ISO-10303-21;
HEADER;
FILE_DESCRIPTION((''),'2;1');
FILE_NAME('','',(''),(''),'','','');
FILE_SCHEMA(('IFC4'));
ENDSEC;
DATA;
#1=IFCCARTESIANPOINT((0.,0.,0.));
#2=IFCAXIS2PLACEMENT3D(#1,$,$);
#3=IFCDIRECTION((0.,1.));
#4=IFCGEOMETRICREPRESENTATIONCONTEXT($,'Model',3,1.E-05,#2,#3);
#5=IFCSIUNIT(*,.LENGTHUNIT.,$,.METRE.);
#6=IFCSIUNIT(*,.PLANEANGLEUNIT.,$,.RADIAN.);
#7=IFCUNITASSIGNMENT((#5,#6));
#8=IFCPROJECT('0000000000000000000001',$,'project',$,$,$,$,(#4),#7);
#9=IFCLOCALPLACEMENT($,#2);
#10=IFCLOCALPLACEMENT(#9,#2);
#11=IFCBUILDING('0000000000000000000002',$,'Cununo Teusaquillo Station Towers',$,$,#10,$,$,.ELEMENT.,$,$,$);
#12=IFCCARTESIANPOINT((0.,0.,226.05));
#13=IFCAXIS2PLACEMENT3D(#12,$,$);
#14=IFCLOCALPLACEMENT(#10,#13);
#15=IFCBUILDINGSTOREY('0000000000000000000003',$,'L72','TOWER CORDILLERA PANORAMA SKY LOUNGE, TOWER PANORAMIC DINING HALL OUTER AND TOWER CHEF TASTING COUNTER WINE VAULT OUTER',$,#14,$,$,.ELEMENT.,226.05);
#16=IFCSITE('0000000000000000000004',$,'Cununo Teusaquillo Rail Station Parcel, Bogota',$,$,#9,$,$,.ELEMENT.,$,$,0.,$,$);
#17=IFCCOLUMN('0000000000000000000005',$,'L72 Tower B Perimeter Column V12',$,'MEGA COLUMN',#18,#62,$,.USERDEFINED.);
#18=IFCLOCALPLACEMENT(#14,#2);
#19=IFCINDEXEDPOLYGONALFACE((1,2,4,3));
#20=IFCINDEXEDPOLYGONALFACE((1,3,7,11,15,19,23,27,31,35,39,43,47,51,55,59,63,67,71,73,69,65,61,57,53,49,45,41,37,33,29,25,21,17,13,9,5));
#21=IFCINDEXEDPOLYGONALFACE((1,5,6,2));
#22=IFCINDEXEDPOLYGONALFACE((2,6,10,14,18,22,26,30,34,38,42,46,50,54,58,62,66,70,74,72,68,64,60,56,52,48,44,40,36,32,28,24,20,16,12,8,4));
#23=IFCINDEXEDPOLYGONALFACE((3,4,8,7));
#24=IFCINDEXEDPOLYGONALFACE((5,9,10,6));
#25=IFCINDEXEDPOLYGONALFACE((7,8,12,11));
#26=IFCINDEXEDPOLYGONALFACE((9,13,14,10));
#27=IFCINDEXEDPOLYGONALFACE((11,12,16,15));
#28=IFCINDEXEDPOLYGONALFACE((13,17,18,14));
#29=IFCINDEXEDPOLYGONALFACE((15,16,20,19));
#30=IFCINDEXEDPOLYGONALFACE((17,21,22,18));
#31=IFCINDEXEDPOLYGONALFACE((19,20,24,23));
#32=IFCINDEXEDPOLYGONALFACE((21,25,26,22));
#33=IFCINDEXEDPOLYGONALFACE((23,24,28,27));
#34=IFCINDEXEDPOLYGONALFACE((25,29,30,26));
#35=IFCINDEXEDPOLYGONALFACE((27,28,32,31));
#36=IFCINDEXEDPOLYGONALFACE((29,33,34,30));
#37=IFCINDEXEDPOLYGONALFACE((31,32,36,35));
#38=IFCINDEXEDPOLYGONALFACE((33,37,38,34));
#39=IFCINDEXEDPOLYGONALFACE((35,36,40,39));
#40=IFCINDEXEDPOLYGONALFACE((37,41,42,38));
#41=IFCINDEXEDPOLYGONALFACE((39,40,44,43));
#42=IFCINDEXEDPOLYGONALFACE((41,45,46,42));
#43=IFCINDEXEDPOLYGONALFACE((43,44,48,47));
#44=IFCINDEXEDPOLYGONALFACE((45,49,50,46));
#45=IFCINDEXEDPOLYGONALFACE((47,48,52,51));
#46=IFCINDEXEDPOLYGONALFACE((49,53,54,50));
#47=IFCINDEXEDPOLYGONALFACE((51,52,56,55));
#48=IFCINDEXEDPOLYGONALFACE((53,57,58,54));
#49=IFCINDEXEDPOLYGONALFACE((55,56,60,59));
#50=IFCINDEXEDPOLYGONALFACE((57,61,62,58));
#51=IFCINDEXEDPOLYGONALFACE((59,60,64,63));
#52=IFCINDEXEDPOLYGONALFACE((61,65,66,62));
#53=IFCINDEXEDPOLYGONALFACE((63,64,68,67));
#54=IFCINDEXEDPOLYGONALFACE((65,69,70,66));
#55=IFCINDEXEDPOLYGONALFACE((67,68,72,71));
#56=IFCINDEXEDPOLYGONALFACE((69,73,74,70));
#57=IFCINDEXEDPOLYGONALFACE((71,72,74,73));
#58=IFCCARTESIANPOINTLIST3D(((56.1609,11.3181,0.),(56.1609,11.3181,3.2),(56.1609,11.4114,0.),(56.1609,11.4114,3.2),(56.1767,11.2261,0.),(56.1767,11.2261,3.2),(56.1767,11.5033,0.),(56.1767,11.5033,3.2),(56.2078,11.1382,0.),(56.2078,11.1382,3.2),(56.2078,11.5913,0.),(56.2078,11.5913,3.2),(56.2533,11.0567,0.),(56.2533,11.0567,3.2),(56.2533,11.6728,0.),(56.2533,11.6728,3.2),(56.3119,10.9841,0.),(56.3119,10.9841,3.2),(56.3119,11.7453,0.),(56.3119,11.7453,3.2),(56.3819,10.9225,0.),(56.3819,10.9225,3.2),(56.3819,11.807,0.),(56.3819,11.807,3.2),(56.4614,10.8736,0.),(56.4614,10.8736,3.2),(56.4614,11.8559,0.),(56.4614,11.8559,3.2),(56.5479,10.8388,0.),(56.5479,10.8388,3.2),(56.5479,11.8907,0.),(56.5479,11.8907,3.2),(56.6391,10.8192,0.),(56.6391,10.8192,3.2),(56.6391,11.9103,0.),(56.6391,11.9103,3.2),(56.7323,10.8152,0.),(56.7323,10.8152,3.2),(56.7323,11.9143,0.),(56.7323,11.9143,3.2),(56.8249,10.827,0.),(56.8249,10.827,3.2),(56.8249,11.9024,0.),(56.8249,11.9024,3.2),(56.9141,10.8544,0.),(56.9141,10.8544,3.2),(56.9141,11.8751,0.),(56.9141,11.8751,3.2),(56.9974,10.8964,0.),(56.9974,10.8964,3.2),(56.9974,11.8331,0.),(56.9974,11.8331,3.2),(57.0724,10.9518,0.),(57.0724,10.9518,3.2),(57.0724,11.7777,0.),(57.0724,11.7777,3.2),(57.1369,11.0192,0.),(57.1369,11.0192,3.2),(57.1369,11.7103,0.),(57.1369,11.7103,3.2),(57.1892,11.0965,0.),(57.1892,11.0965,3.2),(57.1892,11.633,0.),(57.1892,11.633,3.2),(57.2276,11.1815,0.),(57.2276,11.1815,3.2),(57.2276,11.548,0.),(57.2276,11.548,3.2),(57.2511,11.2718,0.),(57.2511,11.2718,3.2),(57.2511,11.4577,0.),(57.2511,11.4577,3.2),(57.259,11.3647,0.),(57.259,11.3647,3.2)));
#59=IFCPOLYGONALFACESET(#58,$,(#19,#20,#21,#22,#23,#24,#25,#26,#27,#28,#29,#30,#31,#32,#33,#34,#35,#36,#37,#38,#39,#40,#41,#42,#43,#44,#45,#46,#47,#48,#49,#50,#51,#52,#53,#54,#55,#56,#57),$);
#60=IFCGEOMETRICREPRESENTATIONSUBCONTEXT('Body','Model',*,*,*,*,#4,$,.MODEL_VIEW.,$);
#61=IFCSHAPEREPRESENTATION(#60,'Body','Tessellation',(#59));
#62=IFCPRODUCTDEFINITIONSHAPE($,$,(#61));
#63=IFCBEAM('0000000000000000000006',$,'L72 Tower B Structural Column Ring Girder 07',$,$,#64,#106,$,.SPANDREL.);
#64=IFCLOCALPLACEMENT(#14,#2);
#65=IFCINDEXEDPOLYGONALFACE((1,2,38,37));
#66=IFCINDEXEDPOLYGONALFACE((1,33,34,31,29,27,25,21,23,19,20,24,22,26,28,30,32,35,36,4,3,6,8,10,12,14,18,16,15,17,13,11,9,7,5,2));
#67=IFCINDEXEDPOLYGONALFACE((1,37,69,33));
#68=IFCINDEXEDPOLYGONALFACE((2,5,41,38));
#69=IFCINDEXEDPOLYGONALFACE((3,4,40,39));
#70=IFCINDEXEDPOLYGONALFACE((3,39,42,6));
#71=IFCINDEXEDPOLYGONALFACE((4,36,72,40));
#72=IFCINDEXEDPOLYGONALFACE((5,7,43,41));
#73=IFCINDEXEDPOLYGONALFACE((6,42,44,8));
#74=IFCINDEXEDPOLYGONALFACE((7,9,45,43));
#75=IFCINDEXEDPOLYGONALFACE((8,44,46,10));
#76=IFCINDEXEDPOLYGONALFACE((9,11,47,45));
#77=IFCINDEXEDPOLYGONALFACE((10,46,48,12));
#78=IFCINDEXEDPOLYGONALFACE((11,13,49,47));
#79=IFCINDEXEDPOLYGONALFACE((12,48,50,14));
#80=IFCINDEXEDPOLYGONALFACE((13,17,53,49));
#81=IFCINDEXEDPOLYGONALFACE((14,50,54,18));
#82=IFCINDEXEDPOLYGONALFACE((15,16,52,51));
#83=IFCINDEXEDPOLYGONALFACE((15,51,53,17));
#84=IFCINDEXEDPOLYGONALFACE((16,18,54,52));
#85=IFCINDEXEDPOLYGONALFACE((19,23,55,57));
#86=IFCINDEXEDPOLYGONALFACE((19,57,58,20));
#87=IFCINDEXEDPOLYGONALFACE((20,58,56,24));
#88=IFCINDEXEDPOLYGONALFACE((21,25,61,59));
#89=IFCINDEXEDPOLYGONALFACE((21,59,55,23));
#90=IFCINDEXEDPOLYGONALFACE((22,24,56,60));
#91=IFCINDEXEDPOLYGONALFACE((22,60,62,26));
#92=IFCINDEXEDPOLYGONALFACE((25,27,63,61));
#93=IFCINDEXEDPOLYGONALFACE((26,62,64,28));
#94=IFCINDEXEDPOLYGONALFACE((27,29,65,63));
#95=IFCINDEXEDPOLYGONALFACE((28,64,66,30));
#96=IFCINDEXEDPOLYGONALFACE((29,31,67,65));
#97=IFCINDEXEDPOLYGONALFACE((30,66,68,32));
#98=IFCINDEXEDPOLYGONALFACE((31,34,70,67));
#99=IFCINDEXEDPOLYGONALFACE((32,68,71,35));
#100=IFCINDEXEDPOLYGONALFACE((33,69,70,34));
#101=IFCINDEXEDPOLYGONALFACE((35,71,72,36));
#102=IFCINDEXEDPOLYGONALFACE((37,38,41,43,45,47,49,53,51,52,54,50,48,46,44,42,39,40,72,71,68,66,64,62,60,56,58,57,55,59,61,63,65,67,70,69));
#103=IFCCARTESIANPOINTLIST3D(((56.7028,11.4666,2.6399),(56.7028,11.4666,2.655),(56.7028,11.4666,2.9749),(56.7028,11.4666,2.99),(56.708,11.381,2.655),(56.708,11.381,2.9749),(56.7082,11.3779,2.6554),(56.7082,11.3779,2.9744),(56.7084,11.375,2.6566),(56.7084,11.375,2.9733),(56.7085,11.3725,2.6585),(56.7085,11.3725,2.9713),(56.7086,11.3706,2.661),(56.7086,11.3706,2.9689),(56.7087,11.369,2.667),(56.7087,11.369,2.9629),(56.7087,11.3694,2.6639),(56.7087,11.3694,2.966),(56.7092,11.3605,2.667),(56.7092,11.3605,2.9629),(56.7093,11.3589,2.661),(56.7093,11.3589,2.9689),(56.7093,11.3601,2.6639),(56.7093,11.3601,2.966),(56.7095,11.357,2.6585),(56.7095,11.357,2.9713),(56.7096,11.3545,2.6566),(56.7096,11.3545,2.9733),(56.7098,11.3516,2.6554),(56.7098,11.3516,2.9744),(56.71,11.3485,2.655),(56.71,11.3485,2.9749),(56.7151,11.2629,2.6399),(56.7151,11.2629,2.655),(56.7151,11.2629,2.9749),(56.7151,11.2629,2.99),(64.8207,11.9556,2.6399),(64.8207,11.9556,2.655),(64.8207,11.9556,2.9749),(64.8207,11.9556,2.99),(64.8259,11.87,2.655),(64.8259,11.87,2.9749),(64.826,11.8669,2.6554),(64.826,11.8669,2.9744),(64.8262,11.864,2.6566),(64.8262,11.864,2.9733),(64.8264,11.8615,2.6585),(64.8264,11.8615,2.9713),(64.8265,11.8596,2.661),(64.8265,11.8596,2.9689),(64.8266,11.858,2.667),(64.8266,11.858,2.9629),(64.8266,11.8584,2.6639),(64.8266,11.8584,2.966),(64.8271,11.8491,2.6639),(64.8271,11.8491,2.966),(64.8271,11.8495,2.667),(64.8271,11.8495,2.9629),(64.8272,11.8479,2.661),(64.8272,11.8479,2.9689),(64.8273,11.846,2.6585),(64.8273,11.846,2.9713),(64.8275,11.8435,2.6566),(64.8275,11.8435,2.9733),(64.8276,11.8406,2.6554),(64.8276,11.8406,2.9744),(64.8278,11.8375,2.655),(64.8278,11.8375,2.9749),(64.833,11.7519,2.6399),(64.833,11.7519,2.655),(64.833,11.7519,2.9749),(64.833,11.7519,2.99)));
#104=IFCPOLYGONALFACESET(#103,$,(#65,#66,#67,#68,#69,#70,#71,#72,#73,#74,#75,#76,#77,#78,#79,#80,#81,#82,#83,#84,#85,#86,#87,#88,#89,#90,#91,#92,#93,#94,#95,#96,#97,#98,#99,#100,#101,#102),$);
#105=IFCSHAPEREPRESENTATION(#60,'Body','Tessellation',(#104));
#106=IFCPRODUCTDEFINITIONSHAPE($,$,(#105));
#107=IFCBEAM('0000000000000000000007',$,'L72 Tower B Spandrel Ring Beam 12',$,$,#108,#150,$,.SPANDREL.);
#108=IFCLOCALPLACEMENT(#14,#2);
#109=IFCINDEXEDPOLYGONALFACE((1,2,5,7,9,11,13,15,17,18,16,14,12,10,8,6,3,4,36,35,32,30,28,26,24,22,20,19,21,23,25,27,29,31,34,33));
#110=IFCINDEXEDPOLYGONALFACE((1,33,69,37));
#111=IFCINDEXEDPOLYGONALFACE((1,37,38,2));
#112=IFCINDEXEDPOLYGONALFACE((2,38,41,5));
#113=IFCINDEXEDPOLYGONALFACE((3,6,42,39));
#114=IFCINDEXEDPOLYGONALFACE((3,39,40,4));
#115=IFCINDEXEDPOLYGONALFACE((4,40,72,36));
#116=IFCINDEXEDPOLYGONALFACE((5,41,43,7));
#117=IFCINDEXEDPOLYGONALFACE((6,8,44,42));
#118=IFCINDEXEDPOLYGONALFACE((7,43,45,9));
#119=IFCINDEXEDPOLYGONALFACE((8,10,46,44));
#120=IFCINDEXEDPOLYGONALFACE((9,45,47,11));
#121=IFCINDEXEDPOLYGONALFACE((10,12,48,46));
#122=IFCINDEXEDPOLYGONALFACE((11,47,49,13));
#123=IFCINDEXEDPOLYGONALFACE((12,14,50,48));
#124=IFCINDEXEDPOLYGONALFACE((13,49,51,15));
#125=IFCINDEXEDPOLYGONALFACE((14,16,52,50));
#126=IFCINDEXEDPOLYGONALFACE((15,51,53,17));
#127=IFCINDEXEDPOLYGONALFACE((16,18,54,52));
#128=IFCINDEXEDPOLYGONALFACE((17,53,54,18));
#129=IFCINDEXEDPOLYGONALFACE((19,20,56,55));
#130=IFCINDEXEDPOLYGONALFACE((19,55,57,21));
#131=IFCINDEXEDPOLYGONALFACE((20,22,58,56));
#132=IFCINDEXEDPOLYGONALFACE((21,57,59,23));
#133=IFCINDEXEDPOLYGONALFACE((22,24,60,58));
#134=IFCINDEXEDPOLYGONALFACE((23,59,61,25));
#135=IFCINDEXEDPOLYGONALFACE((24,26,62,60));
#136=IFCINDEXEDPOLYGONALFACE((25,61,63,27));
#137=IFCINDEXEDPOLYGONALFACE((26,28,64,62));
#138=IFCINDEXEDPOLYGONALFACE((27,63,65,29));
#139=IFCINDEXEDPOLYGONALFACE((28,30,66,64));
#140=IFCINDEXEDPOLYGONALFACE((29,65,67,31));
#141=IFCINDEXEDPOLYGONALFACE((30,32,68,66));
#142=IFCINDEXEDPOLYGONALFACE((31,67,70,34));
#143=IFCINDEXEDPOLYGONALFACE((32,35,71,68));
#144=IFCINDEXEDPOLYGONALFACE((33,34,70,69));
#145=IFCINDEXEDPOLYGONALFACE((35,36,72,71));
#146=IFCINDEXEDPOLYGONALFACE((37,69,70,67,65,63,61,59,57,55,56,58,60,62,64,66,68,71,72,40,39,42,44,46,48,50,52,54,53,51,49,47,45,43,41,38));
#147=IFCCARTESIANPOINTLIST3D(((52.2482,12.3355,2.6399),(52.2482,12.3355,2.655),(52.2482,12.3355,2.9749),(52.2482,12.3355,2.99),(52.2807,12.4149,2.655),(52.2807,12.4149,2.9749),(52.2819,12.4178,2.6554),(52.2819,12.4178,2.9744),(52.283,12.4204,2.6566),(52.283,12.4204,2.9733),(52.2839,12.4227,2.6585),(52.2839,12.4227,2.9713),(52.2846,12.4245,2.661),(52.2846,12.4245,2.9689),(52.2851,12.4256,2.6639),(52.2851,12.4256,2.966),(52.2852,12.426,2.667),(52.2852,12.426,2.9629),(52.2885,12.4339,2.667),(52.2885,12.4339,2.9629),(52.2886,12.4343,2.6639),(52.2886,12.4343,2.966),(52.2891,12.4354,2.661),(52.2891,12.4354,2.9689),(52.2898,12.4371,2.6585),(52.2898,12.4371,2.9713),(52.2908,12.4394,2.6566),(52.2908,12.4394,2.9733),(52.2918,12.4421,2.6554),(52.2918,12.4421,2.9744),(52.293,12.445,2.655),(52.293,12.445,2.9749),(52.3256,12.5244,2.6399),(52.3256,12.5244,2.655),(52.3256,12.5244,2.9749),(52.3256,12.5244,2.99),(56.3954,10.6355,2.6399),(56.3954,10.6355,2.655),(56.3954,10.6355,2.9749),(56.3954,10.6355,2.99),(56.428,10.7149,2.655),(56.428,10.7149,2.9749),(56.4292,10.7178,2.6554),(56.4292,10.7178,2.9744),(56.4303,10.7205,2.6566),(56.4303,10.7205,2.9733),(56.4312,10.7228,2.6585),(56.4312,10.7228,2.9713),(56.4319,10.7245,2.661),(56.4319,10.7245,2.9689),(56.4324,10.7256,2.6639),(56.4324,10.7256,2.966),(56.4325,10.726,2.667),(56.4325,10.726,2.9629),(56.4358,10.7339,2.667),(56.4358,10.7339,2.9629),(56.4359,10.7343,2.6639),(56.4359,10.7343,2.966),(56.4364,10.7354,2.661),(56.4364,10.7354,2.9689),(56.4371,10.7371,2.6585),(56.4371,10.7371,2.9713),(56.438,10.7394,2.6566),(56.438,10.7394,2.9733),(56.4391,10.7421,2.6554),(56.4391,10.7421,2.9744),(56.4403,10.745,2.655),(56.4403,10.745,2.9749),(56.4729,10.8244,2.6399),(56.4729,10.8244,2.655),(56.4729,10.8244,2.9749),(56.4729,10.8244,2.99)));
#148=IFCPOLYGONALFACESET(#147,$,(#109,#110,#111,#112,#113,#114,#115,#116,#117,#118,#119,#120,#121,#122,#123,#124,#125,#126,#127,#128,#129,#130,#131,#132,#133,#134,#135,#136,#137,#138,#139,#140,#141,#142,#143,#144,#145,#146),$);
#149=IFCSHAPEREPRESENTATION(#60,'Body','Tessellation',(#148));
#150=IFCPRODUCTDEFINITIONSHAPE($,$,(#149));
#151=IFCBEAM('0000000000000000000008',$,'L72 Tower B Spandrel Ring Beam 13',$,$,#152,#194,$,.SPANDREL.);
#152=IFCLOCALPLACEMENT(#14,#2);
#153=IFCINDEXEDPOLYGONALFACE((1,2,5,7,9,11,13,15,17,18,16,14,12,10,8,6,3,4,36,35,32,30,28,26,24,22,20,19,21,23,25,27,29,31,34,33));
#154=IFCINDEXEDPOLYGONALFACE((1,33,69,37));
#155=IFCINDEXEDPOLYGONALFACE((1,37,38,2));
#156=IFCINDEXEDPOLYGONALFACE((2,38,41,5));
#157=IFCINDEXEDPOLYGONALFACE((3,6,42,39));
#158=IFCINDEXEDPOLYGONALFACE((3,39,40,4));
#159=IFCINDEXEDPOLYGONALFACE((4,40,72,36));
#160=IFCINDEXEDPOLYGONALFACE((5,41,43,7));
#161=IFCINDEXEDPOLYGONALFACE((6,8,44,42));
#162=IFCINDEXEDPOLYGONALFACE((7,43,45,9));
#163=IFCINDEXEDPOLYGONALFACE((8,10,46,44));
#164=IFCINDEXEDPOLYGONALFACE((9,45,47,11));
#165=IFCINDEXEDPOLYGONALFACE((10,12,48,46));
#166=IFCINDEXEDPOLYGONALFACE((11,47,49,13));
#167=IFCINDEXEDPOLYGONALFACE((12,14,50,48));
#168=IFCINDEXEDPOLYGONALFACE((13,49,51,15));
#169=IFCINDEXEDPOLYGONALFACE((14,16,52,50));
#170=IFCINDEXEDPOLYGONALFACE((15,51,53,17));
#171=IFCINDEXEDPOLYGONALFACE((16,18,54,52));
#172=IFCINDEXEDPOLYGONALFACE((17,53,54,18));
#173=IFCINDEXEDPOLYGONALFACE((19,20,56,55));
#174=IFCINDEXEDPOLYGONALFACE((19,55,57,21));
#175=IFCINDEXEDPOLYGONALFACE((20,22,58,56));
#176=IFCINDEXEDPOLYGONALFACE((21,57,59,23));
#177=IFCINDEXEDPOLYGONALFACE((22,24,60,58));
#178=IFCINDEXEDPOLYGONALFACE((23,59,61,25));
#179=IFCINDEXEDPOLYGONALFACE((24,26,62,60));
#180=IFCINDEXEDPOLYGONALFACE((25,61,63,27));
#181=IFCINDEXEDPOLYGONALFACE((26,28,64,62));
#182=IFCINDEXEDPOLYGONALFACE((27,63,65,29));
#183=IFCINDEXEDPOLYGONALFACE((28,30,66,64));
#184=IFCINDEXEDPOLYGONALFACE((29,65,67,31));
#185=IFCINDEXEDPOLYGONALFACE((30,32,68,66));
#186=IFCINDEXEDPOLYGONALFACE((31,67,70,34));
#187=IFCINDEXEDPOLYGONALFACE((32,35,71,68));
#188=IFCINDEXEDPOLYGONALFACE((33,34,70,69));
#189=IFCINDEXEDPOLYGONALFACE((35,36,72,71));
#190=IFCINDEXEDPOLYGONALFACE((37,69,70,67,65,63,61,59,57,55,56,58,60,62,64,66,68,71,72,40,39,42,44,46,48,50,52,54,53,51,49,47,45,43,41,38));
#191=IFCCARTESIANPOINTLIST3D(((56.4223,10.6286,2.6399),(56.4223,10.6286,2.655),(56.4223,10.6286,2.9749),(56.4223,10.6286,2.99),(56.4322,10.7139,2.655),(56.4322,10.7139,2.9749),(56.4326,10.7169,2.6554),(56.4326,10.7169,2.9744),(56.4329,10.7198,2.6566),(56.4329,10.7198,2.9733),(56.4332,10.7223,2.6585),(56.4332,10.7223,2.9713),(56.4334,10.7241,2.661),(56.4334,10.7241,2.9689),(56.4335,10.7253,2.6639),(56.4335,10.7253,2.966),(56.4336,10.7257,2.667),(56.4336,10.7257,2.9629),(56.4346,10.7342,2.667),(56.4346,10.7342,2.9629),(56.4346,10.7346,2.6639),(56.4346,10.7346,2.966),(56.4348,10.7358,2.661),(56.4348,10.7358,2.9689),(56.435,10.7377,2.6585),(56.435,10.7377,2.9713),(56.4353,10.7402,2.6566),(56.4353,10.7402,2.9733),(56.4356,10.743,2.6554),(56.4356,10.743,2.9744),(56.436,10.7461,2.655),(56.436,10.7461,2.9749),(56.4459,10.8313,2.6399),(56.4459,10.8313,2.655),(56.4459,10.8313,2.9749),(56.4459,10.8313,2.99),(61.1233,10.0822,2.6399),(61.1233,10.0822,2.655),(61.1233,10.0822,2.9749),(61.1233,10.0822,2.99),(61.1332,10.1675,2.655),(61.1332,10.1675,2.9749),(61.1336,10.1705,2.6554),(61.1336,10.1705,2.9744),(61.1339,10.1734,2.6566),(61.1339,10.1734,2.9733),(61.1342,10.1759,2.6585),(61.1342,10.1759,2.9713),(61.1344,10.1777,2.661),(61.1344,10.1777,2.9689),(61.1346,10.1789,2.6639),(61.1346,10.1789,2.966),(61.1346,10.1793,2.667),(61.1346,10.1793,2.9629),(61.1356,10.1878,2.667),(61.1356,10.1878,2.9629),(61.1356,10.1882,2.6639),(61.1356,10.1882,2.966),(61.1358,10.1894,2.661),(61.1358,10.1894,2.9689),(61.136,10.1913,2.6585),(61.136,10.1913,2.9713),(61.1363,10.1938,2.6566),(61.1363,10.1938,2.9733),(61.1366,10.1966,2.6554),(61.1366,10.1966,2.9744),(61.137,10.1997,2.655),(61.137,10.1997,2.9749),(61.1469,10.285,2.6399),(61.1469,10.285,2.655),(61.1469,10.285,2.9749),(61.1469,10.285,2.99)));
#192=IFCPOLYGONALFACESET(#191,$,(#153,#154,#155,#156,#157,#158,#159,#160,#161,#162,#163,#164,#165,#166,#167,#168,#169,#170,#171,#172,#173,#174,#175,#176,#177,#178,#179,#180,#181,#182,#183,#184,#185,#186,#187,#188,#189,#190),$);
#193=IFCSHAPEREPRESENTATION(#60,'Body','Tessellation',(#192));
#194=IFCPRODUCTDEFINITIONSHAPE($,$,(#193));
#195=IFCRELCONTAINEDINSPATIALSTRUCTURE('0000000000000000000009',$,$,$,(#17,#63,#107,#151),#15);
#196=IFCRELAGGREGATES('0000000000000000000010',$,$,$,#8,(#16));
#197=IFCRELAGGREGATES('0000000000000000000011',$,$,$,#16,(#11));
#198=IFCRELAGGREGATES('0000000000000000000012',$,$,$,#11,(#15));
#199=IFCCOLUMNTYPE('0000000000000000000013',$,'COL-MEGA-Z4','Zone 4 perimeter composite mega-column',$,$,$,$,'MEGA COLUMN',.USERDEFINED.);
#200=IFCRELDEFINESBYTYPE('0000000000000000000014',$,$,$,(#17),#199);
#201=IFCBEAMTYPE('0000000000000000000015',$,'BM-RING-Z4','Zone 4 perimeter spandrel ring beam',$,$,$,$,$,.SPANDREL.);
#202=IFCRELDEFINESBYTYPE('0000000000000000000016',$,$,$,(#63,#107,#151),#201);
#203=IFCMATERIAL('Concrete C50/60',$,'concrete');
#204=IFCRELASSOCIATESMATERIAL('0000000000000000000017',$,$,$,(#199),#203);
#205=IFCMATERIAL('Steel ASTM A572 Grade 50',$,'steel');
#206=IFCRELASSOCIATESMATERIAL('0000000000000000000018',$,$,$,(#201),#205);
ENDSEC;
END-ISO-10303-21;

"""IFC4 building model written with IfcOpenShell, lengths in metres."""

from ifc_helpers import new_model, si_unit, direction, frame, origin, origin_2d, place, context, subcontext, project, spatial, circle, i_section, extrude, material, material_profile, profile_set, type_object, element, save


model = new_model("IFC4")

# Units and contexts
model_context = context("Model", 3, precision=1e-05, world=origin(), true_north=direction((0.0, 1.0)))
body_context = subcontext(model_context, "Body", "Model", "MODEL_VIEW")
ifc_project = project(units=[si_unit("LENGTHUNIT", "METRE"), si_unit("PLANEANGLEUNIT", "RADIAN")], contexts=[model_context])

# Site, building, storey
site_placement = place(None, origin())
site = spatial("IfcSite", under=ifc_project, at=site_placement, Name="Cununo Teusaquillo Rail Station Parcel, Bogota", CompositionType="ELEMENT", RefElevation=0.0)
building_placement = place(site_placement, origin())
building = spatial("IfcBuilding", under=site, at=building_placement, Name="Cununo Teusaquillo Station Towers", CompositionType="ELEMENT")
storey_placement = place(building_placement, frame((0.0, 0.0, 226.05)))
storey = spatial("IfcBuildingStorey", under=building, at=storey_placement, Name="L72", Description="TOWER CORDILLERA PANORAMA SKY LOUNGE, TOWER PANORAMIC DINING HALL OUTER AND TOWER CHEF TASTING COUNTER WINE VAULT OUTER", CompositionType="ELEMENT", Elevation=226.05)

# Column
ifc_material_1 = material(Name="Concrete C50/60", Category="concrete")
ifc_material_profile_1 = material_profile(ifc_material_1, circle(Radius=0.55, at=origin_2d()), Name="RC-CIRC-1100")
ifc_profile_set_1 = profile_set([ifc_material_profile_1], Name="Concrete C50/60")
column_type = type_object("IfcColumnType", Name="COL-MEGA-Z4", Description="Zone 4 perimeter composite mega-column", ElementType="MEGA COLUMN", PredefinedType="USERDEFINED", material=ifc_profile_set_1)
column_placement = place(storey_placement, frame((56.709, 11.3647, 0.0), z_axis=(0.0, 0.0, 1.0), x_axis=(1.0, 0.0, 0.0)))
element("IfcColumn", 1, at=column_placement, inside=storey, type_object=column_type, Name="L72 Tower B Perimeter Column V12", ObjectType="MEGA COLUMN", PredefinedType="USERDEFINED", context=body_context, shape_type="SweptSolid", body=[
    extrude(circle(Radius=0.55, at=origin_2d()), origin(), (0.0, 0.0, 1.0), 3.2),
])

# Beams
ifc_material_2 = material(Name="Steel ASTM A572 Grade 50", Category="steel")
ifc_material_profile_2 = material_profile(ifc_material_2, i_section(OverallWidth=0.2041, OverallDepth=0.3501, WebThickness=0.0085, FlangeThickness=0.0151, FilletRadius=0.012, at=origin_2d()), Name="W14X48")
ifc_profile_set_2 = profile_set([ifc_material_profile_2], Name="Steel ASTM A572 Grade 50")
beam_type = type_object("IfcBeamType", Name="BM-RING-Z4", Description="Zone 4 perimeter spandrel ring beam", PredefinedType="SPANDREL", material=ifc_profile_set_2)
beam_1_placement = place(storey_placement, frame((56.709, 11.3647, 2.8149), z_axis=(0.998191, 0.06013, 0.0), x_axis=(-0.06013, 0.998191, 0.0)))
element("IfcBeam", 2, at=beam_1_placement, inside=storey, type_object=beam_type, Name="L72 Tower B Structural Column Ring Girder 07", PredefinedType="SPANDREL", context=body_context, shape_type="SweptSolid", body=[
    extrude(i_section(OverallWidth=0.2041, OverallDepth=0.3501, WebThickness=0.0085, FlangeThickness=0.0151, FilletRadius=0.012, at=origin_2d()), origin(), (0.0, 0.0, 1.0), 8.1326),
])
beam_2_placement = place(storey_placement, frame((52.2869, 12.4299, 2.8149), z_axis=(0.925284, -0.379275, 0.0), x_axis=(0.379275, 0.925284, 0.0)))
element("IfcBeam", 3, at=beam_2_placement, inside=storey, type_object=beam_type, Name="L72 Tower B Spandrel Ring Beam 12", PredefinedType="SPANDREL", context=body_context, shape_type="SweptSolid", body=[
    extrude(i_section(OverallWidth=0.2041, OverallDepth=0.3501, WebThickness=0.0085, FlangeThickness=0.0151, FilletRadius=0.012, at=origin_2d()), origin(), (0.0, 0.0, 1.0), 4.4822),
])
beam_3_placement = place(storey_placement, frame((56.4341, 10.73, 2.8149), z_axis=(0.993313, -0.115452, 0.0), x_axis=(0.115452, 0.993313, 0.0)))
element("IfcBeam", 4, at=beam_3_placement, inside=storey, type_object=beam_type, Name="L72 Tower B Spandrel Ring Beam 13", PredefinedType="SPANDREL", context=body_context, shape_type="SweptSolid", body=[
    extrude(i_section(OverallWidth=0.2041, OverallDepth=0.3501, WebThickness=0.0085, FlangeThickness=0.0151, FilletRadius=0.012, at=origin_2d()), origin(), (0.0, 0.0, 1.0), 4.7327),
])

save(model, "model.ifc")
